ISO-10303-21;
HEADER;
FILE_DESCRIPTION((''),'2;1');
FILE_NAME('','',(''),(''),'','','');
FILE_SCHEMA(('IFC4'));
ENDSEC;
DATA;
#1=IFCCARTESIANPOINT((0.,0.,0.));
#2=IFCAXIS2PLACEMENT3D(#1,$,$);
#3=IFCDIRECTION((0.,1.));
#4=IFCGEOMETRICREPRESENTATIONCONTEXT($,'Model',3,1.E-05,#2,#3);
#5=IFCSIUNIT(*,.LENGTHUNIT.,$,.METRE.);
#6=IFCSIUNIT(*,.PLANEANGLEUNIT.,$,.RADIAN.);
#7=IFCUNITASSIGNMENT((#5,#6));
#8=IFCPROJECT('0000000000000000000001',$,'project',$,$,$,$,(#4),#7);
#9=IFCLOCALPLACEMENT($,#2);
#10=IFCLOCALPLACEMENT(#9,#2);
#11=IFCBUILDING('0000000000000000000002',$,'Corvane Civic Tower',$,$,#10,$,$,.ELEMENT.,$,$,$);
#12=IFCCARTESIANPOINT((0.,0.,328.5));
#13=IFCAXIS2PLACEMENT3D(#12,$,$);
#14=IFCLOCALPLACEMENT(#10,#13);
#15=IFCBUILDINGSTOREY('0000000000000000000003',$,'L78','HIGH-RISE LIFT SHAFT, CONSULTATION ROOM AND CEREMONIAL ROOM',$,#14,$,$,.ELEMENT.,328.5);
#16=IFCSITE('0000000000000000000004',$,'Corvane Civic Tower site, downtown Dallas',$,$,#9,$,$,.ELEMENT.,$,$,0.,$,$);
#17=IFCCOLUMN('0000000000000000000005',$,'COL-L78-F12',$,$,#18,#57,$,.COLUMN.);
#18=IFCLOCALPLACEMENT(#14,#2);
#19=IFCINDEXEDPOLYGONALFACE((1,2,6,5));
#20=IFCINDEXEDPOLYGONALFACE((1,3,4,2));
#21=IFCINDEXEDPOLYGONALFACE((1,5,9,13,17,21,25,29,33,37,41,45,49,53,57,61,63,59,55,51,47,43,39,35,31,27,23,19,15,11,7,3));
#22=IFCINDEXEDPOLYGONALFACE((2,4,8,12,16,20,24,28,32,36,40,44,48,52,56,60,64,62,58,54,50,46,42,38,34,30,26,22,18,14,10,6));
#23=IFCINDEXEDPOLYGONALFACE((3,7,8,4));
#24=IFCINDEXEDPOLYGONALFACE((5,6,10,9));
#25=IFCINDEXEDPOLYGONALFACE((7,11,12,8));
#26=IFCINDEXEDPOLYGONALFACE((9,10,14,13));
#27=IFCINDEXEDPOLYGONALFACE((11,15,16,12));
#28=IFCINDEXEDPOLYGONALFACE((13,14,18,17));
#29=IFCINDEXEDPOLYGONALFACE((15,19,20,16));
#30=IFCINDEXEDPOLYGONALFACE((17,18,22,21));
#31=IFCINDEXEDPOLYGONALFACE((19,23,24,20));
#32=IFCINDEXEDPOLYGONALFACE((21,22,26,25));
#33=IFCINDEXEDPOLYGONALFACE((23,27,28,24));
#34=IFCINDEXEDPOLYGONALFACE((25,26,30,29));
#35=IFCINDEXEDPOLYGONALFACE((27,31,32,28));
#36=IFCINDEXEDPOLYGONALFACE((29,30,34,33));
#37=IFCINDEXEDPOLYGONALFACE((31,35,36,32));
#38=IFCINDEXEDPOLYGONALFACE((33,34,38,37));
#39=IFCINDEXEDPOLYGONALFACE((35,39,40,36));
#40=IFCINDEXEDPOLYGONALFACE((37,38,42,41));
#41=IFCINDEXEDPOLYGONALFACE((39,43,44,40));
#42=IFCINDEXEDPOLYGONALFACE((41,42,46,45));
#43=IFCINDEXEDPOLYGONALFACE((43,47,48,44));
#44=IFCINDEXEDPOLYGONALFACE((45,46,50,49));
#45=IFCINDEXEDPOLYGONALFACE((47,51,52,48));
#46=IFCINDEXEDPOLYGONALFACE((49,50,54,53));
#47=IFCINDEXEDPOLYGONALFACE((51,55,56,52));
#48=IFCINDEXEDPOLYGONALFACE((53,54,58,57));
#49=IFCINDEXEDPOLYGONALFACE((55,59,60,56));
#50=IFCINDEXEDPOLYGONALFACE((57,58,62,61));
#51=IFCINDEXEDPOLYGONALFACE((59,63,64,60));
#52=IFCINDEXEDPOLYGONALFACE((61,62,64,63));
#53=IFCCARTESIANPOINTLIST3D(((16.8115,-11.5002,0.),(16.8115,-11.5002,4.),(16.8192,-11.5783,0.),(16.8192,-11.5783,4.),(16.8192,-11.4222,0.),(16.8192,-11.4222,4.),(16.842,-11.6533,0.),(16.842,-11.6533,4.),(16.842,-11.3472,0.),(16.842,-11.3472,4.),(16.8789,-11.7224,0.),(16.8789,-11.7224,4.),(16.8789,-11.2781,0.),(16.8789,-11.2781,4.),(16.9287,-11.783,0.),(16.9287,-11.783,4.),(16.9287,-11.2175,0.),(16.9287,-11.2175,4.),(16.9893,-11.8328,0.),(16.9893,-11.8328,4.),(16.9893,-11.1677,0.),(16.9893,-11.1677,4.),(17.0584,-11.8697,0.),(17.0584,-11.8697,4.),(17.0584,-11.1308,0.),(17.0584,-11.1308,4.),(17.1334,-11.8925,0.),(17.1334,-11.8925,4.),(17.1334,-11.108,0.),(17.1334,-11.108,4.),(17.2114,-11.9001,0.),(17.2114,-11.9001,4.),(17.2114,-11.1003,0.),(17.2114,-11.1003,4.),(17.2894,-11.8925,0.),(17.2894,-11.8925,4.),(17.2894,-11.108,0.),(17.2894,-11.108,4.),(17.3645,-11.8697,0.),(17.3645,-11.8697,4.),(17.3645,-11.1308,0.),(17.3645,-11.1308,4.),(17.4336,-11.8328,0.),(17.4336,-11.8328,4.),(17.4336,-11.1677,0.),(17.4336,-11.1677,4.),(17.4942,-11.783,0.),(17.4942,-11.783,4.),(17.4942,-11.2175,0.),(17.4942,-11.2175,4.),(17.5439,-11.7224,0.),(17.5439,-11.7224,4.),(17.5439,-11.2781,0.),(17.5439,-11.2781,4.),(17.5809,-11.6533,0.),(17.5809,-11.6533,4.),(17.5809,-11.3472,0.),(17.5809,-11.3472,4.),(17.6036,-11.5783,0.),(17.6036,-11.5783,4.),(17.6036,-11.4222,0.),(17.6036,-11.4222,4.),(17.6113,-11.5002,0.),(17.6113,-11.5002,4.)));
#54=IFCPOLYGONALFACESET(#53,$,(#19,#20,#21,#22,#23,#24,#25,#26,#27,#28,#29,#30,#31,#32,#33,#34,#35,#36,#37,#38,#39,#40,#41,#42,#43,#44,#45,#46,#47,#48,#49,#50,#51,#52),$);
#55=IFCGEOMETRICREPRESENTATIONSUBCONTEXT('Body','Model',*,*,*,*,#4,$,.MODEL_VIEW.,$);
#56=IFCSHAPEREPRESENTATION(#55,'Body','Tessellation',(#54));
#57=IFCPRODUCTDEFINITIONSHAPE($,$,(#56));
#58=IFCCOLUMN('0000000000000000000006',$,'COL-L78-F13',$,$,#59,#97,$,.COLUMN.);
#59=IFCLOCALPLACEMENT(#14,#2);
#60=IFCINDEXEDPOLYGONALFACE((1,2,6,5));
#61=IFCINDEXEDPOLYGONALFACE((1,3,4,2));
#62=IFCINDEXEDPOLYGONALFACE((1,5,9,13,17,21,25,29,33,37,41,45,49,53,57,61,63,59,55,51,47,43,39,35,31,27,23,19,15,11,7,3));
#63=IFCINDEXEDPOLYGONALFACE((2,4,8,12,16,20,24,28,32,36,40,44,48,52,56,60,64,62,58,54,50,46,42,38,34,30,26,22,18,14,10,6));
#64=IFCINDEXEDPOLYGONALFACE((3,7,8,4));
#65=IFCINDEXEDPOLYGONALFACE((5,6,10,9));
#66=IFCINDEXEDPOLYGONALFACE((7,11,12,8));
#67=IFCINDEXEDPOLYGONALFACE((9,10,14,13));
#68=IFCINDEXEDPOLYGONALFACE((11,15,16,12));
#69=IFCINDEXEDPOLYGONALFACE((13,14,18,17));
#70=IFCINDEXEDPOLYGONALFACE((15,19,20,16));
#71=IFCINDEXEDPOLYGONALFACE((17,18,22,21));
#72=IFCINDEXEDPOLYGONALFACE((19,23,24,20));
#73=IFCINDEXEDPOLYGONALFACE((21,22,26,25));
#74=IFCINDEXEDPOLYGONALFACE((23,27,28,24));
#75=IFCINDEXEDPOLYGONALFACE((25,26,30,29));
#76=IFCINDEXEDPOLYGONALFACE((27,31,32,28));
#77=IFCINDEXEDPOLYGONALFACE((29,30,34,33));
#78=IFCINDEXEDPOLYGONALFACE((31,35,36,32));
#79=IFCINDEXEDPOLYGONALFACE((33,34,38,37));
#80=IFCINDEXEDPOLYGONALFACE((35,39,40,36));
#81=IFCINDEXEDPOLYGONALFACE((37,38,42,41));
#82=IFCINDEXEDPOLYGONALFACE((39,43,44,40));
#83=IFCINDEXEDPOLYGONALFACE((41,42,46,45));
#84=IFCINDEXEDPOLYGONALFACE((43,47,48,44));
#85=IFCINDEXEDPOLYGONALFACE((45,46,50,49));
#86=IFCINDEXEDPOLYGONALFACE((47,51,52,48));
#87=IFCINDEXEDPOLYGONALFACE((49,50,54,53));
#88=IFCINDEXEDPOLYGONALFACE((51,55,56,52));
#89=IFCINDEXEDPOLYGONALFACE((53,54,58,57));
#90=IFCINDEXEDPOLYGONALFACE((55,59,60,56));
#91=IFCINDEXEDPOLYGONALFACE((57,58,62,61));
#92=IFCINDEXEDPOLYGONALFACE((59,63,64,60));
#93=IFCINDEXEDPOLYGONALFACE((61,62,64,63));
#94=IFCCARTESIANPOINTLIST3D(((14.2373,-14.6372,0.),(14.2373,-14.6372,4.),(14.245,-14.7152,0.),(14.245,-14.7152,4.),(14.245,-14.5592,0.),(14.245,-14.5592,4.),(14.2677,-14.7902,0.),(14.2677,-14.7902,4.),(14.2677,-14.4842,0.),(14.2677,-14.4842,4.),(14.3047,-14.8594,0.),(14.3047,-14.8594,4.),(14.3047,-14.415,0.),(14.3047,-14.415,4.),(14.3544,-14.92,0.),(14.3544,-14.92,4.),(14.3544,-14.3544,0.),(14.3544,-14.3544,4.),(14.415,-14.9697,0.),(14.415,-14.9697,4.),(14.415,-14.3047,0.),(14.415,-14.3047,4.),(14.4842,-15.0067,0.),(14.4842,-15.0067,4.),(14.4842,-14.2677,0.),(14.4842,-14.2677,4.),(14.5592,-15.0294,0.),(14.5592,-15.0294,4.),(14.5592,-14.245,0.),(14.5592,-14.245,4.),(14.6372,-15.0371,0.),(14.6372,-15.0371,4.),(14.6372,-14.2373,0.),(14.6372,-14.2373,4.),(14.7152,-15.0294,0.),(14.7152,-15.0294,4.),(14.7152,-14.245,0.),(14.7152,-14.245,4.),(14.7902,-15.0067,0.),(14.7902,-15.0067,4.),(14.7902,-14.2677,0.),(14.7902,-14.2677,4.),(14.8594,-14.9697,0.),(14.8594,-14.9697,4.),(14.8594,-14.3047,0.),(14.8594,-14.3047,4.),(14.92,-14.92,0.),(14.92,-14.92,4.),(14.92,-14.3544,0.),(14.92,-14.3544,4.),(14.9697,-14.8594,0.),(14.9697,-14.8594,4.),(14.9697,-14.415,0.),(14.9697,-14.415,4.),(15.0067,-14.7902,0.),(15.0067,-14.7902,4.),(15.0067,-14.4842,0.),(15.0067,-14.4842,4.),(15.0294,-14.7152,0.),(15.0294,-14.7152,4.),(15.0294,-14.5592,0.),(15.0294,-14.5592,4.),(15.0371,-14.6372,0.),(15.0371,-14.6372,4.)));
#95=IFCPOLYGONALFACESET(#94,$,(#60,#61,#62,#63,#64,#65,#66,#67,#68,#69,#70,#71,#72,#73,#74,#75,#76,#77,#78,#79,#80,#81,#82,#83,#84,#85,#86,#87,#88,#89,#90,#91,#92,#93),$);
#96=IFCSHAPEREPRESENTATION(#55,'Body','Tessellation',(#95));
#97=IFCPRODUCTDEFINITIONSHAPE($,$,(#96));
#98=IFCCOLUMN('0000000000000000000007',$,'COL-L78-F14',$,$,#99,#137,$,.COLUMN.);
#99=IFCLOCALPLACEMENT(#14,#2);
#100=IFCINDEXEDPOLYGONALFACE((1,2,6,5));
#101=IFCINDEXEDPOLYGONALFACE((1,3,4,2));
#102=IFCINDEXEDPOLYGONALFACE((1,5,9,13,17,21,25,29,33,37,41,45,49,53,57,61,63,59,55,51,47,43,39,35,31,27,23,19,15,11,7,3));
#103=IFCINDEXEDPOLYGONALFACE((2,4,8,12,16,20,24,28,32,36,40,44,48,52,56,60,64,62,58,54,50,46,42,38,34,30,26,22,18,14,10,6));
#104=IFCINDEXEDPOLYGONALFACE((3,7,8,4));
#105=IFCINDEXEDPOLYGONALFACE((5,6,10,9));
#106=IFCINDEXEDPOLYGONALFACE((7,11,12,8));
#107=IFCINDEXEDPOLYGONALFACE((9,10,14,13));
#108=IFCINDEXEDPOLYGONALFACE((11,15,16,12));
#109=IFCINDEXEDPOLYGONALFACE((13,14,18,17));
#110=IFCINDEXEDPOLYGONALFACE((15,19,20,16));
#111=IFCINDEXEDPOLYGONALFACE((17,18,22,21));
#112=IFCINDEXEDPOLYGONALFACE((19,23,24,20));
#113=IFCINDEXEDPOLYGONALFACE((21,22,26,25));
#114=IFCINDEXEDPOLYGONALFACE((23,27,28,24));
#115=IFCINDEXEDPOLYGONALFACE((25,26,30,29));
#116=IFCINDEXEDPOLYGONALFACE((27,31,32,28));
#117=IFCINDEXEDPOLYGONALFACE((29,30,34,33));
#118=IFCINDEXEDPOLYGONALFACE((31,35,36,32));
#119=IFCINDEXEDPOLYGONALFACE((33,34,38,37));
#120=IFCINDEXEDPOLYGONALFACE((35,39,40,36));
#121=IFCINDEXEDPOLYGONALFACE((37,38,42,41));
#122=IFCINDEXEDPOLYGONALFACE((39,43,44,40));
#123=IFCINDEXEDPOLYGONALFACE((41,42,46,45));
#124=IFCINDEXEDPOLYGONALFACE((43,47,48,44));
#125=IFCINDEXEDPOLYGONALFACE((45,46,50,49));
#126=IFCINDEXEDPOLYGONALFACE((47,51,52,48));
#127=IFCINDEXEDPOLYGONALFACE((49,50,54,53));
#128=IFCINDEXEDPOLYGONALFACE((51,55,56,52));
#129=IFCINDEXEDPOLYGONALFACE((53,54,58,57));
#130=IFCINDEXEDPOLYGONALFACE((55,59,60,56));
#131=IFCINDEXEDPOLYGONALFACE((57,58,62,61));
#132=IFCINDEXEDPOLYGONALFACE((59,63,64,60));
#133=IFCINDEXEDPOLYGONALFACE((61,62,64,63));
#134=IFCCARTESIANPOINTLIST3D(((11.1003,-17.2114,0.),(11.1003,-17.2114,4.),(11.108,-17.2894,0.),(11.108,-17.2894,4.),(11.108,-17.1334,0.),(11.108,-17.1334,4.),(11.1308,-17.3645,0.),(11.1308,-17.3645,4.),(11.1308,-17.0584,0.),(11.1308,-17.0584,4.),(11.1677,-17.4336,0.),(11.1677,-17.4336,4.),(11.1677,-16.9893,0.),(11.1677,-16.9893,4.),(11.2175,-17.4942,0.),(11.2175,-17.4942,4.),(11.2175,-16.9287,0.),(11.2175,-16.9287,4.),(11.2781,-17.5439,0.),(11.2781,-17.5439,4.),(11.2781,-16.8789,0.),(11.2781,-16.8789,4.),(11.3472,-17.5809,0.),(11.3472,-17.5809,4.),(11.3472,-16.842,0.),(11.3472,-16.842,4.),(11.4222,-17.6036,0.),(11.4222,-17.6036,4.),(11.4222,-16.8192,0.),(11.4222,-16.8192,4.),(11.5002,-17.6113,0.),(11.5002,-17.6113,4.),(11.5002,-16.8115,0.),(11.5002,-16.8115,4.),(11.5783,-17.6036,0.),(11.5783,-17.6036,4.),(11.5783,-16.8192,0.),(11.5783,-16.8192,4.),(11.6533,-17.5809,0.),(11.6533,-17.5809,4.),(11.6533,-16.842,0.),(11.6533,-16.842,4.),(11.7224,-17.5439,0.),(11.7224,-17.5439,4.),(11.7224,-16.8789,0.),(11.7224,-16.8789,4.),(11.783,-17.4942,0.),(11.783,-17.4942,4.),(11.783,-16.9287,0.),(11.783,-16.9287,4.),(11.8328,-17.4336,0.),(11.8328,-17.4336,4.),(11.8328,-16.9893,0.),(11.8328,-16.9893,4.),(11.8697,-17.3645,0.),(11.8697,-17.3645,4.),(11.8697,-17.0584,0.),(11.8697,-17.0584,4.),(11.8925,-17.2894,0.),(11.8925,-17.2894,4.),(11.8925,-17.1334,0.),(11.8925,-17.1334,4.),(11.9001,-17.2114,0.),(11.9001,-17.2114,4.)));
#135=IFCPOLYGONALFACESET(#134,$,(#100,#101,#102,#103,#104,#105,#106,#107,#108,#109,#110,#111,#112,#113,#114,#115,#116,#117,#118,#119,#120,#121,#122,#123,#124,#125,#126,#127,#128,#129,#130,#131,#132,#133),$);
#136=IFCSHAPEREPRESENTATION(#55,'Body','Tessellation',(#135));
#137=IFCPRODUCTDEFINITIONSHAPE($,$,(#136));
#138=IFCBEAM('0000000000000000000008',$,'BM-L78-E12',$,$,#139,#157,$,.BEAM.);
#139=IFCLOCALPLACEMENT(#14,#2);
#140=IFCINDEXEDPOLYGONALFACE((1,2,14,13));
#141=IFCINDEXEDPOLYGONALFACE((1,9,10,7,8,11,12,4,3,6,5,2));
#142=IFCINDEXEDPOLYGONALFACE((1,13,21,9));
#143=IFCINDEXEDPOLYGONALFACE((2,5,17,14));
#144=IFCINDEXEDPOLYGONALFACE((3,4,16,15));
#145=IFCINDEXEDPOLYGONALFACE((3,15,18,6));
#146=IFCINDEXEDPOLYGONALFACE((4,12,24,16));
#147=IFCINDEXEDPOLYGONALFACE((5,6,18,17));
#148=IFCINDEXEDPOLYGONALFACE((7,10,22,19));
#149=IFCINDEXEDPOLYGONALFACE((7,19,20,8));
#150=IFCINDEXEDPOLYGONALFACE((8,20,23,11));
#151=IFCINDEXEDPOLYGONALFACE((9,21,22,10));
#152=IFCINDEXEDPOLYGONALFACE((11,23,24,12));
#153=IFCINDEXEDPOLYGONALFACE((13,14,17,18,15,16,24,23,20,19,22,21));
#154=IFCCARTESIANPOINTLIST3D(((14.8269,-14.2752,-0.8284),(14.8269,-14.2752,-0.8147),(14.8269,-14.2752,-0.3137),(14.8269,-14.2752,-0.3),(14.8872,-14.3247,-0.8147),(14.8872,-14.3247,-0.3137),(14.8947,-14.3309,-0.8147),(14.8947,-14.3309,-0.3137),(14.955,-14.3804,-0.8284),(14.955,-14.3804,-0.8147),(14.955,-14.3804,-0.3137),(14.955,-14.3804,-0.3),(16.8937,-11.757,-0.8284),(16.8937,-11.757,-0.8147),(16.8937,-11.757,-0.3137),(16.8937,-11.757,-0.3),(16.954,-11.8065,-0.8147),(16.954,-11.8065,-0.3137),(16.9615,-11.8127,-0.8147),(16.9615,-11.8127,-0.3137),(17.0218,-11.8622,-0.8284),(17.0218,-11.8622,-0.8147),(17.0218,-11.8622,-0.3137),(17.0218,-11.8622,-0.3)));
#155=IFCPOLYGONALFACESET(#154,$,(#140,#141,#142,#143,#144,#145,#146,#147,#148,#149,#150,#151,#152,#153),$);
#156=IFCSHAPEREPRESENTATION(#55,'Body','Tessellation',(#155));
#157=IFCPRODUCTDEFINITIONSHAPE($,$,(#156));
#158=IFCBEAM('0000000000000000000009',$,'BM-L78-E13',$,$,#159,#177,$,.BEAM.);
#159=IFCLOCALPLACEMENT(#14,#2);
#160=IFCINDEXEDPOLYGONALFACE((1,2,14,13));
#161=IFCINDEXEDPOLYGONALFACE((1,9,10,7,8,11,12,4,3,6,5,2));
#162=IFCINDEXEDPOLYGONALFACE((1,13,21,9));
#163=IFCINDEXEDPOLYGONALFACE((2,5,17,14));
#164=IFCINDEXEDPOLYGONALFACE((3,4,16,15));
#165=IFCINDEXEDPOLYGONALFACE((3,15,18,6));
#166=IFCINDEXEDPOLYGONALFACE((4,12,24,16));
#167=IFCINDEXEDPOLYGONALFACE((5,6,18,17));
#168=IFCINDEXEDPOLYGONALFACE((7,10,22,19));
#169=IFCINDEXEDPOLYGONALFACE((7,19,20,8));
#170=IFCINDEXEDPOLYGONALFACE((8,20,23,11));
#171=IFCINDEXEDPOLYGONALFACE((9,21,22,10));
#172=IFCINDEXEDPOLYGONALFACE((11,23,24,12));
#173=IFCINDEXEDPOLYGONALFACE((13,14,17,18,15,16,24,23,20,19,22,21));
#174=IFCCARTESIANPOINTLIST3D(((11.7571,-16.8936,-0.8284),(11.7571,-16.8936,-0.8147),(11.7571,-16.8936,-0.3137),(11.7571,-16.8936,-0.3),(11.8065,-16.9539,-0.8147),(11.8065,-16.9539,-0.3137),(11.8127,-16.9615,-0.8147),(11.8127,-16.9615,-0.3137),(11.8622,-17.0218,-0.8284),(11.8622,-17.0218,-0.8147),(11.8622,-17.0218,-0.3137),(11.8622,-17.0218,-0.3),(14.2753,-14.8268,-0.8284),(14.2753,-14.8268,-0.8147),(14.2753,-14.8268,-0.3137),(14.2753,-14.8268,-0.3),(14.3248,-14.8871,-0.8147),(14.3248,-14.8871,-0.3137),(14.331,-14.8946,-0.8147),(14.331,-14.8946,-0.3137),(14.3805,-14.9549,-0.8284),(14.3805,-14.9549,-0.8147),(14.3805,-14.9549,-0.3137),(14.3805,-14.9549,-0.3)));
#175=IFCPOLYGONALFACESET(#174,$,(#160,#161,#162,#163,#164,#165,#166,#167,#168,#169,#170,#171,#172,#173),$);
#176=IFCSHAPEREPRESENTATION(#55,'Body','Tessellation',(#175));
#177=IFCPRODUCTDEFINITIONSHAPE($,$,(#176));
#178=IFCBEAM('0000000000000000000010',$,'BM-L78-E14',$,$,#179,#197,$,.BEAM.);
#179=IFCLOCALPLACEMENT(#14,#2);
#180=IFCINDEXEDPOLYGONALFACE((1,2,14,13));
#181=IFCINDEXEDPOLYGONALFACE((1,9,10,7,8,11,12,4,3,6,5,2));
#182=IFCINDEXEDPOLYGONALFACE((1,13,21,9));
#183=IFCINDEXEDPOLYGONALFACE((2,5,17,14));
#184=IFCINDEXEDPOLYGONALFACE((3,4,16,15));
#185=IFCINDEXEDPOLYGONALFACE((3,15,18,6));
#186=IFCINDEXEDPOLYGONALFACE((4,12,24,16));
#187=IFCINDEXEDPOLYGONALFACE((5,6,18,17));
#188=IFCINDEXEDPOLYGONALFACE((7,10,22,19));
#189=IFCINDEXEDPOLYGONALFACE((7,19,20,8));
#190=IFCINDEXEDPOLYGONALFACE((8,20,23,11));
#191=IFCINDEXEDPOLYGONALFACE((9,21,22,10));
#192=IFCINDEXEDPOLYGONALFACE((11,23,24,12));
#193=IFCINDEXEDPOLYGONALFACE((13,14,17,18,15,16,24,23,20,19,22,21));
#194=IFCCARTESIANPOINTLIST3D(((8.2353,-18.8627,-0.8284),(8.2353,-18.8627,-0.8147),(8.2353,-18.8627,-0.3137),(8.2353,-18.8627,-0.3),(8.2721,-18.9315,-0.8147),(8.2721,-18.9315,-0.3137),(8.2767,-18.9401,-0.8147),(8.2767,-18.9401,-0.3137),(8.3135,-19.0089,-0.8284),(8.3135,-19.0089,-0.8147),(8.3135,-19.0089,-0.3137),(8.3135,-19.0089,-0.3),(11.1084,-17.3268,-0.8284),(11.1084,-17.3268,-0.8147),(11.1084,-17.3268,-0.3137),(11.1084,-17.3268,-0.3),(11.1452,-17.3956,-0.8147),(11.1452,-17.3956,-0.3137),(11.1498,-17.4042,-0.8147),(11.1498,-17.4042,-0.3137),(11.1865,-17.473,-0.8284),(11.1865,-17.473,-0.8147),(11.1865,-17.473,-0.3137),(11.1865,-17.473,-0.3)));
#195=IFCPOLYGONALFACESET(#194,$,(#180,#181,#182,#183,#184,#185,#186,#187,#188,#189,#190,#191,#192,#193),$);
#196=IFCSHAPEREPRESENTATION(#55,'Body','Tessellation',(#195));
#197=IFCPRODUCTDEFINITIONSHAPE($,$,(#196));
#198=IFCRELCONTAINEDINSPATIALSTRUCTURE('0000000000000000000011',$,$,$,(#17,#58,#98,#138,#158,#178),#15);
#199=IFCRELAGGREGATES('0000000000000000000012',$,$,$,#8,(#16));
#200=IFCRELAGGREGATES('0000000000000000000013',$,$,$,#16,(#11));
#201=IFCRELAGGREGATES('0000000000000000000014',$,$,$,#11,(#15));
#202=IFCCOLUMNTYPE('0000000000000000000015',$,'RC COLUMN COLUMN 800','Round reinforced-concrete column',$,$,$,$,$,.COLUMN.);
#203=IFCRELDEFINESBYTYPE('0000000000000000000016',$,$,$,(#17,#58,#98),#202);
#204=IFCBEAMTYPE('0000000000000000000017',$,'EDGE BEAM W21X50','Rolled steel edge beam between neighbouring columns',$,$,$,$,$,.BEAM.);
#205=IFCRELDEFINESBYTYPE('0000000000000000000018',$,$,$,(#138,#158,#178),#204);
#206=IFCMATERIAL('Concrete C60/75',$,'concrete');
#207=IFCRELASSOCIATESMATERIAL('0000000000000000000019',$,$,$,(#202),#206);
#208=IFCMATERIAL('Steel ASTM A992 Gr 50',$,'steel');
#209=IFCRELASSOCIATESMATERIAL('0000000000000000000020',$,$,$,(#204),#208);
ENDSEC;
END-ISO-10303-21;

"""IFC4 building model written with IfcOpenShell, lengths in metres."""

from ifc_helpers import new_model, si_unit, direction, frame, origin, origin_2d, place, context, subcontext, project, spatial, circle, i_section, extrude, material, material_profile, profile_set, type_object, element, save


model = new_model("IFC4")

# Units and contexts
model_context = context("Model", 3, precision=1e-05, world=origin(), true_north=direction((0.0, 1.0)))
body_context = subcontext(model_context, "Body", "Model", "MODEL_VIEW")
ifc_project = project(units=[si_unit("LENGTHUNIT", "METRE"), si_unit("PLANEANGLEUNIT", "RADIAN")], contexts=[model_context])

# Site, building, storey
site_placement = place(None, origin())
site = spatial("IfcSite", under=ifc_project, at=site_placement, Name="Corvane Civic Tower site, downtown Dallas", CompositionType="ELEMENT", RefElevation=0.0)
building_placement = place(site_placement, origin())
building = spatial("IfcBuilding", under=site, at=building_placement, Name="Corvane Civic Tower", CompositionType="ELEMENT")
storey_placement = place(building_placement, frame((0.0, 0.0, 328.5)))
storey = spatial("IfcBuildingStorey", under=building, at=storey_placement, Name="L78", Description="HIGH-RISE LIFT SHAFT, CONSULTATION ROOM AND CEREMONIAL ROOM", CompositionType="ELEMENT", Elevation=328.5)

# Columns
ifc_material_1 = material(Name="Concrete C60/75", Category="concrete")
ifc_material_profile_1 = material_profile(ifc_material_1, circle(Radius=0.3999, at=origin_2d()), Name="COLUMN 800")
ifc_profile_set_1 = profile_set([ifc_material_profile_1], Name="Concrete C60/75")
column_type = type_object("IfcColumnType", Name="RC COLUMN COLUMN 800", Description="Round reinforced-concrete column", PredefinedType="COLUMN", material=ifc_profile_set_1)
for number, where, z_axis, x_axis, name in (
    (1, (17.2114, -11.5002, 0.0), (0.0, 0.0, 1.0), (1.0, 0.0, 0.0), "COL-L78-F12"),
    (2, (14.6372, -14.6372, 0.0), (0.0, 0.0, 1.0), (1.0, 0.0, 0.0), "COL-L78-F13"),
    (3, (11.5002, -17.2114, 0.0), (0.0, 0.0, 1.0), (1.0, 0.0, 0.0), "COL-L78-F14"),
):
    element("IfcColumn", number, at=place(storey_placement, frame(where, z_axis=z_axis, x_axis=x_axis)), inside=storey, type_object=column_type, Name=name, PredefinedType="COLUMN", context=body_context, shape_type="SweptSolid", body=[
        extrude(circle(Radius=0.3999, at=origin_2d()), origin(), (0.0, 0.0, 1.0), 4.0),
    ])

# Beams
ifc_material_2 = material(Name="Steel ASTM A992 Gr 50", Category="steel")
ifc_material_profile_2 = material_profile(ifc_material_2, i_section(OverallWidth=0.1658, OverallDepth=0.5283, WebThickness=0.0098, FlangeThickness=0.0137, at=origin_2d()), Name="W21X50")
ifc_profile_set_2 = profile_set([ifc_material_profile_2], Name="Steel ASTM A992 Gr 50")
beam_type_1 = type_object("IfcBeamType", Name="EDGE BEAM W21X50", Description="Rolled steel edge beam between neighbouring columns", PredefinedType="BEAM", material=ifc_profile_set_2)
for number, where, z_axis, x_axis, name in (
    (4, (16.9578, -11.8096, -0.5642), (-0.634425, -0.772985, 0.0), (0.772985, -0.634425, 0.0), "BM-L78-E12"),
    (5, (14.3279, -14.8909, -0.5642), (-0.772985, -0.634425, 0.0), (0.634425, -0.772985, 0.0), "BM-L78-E13"),
    (6, (11.1475, -17.3999, -0.5642), (-0.881894, -0.471448, 0.0), (0.471448, -0.881894, 0.0), "BM-L78-E14"),
):
    element("IfcBeam", number, at=place(storey_placement, frame(where, z_axis=z_axis, x_axis=x_axis)), inside=storey, type_object=beam_type_1, Name=name, PredefinedType="BEAM", context=body_context, shape_type="SweptSolid", body=[
        extrude(i_section(OverallWidth=0.1658, OverallDepth=0.5283, WebThickness=0.0098, FlangeThickness=0.0137, at=origin_2d()), origin(), (0.0, 0.0, 1.0), 3.2578),
    ])

save(model, "model.ifc")
